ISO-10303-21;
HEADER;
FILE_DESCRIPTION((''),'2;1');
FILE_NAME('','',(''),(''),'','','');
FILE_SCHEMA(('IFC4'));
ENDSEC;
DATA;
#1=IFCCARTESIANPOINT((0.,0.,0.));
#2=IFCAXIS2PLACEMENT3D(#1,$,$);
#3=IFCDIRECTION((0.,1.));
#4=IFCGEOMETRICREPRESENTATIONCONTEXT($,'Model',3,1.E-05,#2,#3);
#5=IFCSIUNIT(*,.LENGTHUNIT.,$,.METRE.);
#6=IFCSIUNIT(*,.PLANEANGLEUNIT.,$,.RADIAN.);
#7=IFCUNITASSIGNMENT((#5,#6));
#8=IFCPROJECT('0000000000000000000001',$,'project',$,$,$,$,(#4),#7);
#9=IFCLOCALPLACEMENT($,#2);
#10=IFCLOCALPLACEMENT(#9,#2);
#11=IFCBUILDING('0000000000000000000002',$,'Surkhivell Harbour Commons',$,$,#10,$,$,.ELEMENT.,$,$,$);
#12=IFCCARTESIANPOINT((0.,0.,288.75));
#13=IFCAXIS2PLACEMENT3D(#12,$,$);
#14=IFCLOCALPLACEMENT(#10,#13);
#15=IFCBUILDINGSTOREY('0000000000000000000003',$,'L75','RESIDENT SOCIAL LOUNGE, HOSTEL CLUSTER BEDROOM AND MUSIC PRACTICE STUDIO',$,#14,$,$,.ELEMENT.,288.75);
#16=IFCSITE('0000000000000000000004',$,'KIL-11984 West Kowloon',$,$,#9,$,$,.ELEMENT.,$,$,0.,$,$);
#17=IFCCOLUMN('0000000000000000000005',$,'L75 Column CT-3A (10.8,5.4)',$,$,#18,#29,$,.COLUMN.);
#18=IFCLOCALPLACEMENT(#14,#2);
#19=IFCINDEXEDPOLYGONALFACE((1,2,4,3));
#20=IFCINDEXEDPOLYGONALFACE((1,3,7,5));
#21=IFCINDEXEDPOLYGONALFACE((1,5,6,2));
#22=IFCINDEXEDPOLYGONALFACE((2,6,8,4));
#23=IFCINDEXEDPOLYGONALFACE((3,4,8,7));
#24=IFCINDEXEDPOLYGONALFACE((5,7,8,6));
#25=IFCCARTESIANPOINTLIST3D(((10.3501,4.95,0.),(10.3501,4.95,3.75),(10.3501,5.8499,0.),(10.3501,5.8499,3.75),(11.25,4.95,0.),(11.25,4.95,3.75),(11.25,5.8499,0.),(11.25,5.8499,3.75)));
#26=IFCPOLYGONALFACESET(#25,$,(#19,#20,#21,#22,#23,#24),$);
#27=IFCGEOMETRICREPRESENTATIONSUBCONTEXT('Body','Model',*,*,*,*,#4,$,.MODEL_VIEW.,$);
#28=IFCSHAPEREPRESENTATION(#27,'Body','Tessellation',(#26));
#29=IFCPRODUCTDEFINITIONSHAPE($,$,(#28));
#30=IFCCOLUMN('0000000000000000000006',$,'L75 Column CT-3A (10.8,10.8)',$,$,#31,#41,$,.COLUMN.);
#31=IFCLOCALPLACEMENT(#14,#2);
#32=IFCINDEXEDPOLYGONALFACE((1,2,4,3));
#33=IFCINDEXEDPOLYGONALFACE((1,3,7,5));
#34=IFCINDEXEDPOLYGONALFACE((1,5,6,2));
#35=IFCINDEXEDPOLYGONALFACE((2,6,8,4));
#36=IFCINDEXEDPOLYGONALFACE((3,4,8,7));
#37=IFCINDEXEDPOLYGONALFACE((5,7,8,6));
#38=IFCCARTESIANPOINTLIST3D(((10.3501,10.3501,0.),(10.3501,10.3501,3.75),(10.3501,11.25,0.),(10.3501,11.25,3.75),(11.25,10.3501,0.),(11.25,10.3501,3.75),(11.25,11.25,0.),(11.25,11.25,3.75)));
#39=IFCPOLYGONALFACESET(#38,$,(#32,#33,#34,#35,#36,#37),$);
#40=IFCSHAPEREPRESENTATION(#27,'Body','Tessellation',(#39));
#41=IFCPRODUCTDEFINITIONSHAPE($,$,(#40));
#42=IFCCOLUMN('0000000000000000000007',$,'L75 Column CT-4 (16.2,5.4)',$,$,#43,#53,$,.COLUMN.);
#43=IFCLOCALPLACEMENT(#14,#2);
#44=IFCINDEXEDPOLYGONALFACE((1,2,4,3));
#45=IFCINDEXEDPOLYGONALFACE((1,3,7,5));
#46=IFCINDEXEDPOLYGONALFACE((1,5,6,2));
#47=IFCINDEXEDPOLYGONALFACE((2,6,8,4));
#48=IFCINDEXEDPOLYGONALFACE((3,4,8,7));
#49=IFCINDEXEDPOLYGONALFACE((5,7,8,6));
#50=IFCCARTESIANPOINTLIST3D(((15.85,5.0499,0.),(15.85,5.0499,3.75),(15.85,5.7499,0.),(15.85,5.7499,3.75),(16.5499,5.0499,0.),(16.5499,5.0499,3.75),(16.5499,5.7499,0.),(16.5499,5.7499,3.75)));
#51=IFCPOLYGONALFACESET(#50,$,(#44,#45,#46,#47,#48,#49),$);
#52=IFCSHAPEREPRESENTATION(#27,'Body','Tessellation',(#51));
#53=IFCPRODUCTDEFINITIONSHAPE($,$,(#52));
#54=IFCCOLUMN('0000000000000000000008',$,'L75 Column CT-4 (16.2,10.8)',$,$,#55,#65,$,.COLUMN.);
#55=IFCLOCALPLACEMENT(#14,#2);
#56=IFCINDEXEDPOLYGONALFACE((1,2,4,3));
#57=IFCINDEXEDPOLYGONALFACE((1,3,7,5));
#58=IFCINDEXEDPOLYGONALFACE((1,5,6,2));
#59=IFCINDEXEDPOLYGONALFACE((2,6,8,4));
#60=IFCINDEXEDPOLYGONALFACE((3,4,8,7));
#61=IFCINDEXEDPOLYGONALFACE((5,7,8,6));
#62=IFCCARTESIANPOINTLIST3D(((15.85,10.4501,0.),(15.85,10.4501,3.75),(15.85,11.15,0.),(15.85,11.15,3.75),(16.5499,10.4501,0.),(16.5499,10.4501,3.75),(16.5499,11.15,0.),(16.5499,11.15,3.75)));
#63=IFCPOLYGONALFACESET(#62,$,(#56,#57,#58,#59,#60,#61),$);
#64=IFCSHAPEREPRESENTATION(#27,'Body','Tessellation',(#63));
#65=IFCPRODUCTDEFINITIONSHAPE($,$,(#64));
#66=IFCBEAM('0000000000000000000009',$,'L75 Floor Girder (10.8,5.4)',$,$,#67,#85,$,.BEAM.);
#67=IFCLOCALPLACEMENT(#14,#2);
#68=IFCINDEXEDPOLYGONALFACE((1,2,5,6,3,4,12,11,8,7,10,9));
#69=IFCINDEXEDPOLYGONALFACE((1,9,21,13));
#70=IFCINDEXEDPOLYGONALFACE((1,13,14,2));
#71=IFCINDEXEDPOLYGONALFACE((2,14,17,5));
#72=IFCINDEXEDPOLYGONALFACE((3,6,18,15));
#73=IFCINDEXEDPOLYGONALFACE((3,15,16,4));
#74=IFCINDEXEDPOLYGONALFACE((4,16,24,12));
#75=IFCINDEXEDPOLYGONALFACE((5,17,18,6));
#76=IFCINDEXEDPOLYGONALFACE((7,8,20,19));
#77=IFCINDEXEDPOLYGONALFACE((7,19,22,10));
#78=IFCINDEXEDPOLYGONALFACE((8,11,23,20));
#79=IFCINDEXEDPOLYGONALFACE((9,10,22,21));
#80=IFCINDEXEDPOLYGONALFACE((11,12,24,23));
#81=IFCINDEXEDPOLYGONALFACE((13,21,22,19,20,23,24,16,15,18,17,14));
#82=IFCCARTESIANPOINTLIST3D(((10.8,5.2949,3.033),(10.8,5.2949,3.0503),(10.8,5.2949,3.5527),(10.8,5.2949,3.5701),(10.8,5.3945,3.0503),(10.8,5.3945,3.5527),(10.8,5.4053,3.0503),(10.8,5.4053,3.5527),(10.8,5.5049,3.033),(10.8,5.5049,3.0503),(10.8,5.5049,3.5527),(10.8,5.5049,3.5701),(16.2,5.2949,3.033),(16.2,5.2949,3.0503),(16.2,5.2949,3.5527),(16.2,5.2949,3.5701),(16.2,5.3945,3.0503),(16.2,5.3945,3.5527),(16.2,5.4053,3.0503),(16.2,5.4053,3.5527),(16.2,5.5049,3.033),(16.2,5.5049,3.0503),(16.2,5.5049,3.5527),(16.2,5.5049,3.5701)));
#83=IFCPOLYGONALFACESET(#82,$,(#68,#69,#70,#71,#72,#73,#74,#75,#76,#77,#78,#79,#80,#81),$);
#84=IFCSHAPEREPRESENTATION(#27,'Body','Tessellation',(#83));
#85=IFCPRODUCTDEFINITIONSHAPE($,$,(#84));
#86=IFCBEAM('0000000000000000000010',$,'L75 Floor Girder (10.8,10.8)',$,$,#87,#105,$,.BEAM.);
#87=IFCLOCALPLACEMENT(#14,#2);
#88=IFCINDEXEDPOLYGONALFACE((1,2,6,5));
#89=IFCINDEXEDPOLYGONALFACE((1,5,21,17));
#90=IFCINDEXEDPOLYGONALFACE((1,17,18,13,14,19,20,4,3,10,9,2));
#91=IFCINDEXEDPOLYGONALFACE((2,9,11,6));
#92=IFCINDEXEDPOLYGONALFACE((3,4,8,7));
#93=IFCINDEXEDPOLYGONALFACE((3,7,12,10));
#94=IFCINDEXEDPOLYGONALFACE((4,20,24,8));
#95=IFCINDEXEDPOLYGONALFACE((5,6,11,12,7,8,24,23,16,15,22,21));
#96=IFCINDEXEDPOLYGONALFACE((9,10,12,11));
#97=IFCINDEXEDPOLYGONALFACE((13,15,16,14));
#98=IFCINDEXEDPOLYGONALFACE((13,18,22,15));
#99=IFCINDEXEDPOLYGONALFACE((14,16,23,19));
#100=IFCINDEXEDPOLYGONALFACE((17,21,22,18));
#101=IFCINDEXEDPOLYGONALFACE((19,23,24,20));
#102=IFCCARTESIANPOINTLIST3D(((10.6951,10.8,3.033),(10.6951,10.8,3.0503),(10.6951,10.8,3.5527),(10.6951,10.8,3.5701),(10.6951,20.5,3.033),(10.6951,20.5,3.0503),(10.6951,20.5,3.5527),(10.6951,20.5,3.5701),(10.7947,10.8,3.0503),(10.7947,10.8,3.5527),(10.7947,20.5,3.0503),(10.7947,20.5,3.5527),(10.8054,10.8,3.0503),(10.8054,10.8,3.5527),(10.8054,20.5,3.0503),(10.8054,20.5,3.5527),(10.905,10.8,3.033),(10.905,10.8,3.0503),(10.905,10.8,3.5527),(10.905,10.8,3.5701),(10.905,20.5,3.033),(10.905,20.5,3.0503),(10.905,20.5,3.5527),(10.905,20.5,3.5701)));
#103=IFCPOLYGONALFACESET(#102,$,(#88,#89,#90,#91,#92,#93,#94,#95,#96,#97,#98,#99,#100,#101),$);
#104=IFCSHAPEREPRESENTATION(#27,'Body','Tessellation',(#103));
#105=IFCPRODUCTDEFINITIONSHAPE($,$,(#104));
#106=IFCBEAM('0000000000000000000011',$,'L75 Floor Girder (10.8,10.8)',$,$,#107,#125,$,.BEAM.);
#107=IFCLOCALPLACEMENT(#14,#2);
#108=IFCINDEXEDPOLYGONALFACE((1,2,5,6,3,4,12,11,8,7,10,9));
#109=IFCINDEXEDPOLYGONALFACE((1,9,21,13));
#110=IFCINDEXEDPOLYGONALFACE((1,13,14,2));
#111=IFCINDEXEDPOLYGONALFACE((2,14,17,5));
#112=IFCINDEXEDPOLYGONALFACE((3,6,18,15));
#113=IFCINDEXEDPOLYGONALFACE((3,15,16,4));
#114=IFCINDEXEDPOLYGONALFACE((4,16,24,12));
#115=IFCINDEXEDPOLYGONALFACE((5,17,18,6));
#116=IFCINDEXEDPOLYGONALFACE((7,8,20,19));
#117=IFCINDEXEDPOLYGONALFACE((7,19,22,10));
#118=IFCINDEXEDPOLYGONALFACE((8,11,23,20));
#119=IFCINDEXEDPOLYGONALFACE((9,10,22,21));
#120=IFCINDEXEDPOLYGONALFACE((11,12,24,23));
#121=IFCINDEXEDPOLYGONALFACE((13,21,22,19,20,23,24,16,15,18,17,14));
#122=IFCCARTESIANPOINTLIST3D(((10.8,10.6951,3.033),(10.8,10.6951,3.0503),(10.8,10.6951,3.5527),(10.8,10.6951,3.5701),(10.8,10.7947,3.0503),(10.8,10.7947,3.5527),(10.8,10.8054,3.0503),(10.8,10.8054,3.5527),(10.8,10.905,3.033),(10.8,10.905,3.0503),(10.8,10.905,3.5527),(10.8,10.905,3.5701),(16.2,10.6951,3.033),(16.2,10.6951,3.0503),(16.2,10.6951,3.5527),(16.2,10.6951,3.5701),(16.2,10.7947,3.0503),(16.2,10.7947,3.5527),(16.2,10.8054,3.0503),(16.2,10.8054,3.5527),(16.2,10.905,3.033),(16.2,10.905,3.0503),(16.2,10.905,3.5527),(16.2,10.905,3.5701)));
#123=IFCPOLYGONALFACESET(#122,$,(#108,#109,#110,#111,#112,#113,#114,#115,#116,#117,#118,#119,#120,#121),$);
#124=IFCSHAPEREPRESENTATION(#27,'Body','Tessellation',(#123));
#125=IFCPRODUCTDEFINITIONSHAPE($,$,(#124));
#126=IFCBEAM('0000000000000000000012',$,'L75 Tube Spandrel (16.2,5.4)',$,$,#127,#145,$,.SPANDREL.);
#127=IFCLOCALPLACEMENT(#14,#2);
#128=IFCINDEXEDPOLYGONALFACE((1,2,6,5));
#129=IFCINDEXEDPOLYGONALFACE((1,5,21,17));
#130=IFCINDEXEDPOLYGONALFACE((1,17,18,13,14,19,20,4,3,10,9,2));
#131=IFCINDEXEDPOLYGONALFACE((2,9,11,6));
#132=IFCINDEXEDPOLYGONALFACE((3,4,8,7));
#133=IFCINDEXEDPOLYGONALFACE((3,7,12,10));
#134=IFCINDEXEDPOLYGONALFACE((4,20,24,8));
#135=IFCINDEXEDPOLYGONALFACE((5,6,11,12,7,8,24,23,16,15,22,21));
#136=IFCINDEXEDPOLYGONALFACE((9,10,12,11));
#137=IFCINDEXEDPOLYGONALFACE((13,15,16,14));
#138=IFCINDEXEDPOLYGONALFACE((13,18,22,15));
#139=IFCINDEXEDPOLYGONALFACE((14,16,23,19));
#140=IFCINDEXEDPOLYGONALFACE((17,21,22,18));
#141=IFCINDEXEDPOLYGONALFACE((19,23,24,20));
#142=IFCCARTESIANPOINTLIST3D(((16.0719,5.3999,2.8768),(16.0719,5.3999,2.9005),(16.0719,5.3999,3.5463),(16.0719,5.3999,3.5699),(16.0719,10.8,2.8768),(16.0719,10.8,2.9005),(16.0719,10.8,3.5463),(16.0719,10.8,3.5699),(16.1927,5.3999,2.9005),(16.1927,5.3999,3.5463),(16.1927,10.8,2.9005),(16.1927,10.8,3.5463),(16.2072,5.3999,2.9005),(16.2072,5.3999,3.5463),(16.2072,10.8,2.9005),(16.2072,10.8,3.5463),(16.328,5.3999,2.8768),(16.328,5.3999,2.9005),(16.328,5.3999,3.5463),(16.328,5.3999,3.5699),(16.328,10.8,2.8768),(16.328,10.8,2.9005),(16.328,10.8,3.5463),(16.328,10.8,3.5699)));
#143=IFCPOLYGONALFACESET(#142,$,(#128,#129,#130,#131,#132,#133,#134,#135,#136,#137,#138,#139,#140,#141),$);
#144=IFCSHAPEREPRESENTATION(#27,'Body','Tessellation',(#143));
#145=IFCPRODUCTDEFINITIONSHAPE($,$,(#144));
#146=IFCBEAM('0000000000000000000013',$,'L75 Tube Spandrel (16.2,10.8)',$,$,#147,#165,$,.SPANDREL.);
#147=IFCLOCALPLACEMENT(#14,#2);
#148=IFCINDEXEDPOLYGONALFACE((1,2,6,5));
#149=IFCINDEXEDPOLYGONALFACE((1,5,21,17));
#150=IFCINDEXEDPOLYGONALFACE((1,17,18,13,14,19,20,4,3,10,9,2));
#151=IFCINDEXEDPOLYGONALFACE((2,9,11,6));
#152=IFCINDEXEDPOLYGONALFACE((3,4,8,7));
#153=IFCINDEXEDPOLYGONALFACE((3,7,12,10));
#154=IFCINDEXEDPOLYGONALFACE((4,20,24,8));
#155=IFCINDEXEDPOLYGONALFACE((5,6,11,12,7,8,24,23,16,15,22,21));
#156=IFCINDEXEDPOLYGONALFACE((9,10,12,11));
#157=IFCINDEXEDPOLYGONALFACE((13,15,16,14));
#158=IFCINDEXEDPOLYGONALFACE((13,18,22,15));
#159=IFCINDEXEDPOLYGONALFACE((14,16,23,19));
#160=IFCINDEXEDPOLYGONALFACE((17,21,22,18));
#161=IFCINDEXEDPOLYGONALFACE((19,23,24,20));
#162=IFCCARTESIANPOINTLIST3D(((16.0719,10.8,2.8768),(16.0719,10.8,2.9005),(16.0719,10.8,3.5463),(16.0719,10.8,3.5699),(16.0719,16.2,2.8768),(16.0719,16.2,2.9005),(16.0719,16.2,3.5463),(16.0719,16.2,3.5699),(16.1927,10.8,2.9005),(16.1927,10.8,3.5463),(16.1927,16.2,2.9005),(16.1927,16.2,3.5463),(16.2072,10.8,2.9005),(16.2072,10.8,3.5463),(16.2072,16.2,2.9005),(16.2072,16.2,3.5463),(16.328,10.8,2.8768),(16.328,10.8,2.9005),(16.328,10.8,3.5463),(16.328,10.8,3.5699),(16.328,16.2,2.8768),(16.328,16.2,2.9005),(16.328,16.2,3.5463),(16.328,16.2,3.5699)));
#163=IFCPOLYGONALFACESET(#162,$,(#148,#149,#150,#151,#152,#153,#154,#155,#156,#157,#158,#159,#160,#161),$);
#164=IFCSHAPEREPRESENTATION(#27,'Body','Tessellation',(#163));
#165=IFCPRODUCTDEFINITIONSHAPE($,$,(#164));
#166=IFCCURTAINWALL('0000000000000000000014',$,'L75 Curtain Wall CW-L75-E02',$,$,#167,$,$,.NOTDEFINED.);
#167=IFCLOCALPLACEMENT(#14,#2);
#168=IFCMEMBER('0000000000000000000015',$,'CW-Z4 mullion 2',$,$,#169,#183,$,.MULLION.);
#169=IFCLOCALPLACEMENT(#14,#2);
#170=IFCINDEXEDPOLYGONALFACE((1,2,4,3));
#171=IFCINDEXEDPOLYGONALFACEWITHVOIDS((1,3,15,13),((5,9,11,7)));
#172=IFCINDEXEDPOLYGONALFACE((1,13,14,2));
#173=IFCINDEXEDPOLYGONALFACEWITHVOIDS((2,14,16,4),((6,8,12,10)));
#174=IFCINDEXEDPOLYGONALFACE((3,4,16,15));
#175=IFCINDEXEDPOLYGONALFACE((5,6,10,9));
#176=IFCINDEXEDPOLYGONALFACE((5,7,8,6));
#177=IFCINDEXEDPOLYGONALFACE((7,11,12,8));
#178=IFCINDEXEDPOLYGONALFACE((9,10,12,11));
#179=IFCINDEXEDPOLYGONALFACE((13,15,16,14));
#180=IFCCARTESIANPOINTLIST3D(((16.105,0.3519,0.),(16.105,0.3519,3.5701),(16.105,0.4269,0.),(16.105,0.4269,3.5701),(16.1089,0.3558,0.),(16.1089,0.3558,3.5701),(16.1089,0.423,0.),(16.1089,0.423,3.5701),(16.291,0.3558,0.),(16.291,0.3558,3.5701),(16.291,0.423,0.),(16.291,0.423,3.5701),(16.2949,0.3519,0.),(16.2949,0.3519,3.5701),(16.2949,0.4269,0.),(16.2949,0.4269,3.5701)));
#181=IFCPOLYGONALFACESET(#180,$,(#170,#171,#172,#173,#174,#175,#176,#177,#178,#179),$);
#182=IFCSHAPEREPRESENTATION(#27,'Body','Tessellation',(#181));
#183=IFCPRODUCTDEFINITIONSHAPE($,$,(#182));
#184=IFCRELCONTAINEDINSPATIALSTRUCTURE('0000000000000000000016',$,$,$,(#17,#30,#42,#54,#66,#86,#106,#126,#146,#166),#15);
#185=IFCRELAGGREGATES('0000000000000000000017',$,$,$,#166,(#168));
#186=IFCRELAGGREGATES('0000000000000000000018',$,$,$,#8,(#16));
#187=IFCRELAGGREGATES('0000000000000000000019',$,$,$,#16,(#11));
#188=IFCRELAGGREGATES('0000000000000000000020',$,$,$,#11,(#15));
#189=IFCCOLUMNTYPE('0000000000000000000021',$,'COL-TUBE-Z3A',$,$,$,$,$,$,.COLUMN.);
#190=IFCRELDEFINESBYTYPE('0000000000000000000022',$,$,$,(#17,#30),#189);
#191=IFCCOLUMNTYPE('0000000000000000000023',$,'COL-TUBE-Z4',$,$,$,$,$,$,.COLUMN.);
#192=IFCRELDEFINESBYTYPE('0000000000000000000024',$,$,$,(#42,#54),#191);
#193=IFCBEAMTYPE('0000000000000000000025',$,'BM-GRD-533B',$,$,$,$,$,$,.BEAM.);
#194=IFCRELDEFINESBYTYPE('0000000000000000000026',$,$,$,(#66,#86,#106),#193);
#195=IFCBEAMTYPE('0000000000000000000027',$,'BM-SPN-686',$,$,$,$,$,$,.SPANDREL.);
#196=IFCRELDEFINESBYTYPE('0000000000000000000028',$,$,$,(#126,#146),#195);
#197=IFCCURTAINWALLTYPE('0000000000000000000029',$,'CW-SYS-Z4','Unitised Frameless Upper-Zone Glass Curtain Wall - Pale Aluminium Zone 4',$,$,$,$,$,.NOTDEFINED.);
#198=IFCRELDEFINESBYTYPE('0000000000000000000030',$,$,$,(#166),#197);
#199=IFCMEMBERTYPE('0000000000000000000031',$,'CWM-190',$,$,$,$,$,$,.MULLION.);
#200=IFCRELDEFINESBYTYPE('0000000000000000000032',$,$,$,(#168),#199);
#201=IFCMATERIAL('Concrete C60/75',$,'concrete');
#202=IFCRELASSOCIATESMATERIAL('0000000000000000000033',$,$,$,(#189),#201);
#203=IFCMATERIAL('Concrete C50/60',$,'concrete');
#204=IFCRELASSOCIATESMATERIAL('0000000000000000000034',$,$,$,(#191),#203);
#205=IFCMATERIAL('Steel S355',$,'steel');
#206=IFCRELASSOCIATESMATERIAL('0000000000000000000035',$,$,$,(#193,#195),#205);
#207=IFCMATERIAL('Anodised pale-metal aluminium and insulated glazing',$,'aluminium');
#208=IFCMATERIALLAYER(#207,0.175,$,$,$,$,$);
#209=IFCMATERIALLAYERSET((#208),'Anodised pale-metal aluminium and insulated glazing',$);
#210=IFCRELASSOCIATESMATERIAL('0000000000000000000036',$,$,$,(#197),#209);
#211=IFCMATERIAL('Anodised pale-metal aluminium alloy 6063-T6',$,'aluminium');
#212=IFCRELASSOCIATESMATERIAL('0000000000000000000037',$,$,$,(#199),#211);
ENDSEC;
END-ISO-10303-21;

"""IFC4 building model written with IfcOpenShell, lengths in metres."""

from ifc_helpers import new_model, si_unit, direction, frame, origin, origin_2d, place, context, subcontext, project, spatial, rectangle, hollow_rectangle, i_section, extrude, material, layer, layer_set, material_profile, profile_set, type_object, element, aggregate, save


model = new_model("IFC4")

# Units and contexts
model_context = context("Model", 3, precision=1e-05, world=origin(), true_north=direction((0.0, 1.0)))
body_context = subcontext(model_context, "Body", "Model", "MODEL_VIEW")
ifc_project = project(units=[si_unit("LENGTHUNIT", "METRE"), si_unit("PLANEANGLEUNIT", "RADIAN")], contexts=[model_context])

# Site, building, storey
site_placement = place(None, origin())
site = spatial("IfcSite", under=ifc_project, at=site_placement, Name="KIL-11984 West Kowloon", CompositionType="ELEMENT", RefElevation=0.0)
building_placement = place(site_placement, origin())
building = spatial("IfcBuilding", under=site, at=building_placement, Name="Surkhivell Harbour Commons", CompositionType="ELEMENT")
storey_placement = place(building_placement, frame((0.0, 0.0, 288.75)))
storey = spatial("IfcBuildingStorey", under=building, at=storey_placement, Name="L75", Description="RESIDENT SOCIAL LOUNGE, HOSTEL CLUSTER BEDROOM AND MUSIC PRACTICE STUDIO", CompositionType="ELEMENT", Elevation=288.75)

# Columns
ifc_material_1 = material(Name="Concrete C60/75", Category="concrete")
ifc_material_profile_1 = material_profile(ifc_material_1, rectangle(XDim=0.8999, YDim=0.8999, at=origin_2d()), Name="RC-COL-900x900")
ifc_profile_set_1 = profile_set([ifc_material_profile_1], Name="Concrete C60/75")
column_type_1 = type_object("IfcColumnType", Name="COL-TUBE-Z3A", PredefinedType="COLUMN", material=ifc_profile_set_1)
for number, where, z_axis, x_axis, name in (
    (1, (10.8, 5.3999, 0.0), (0.0, 0.0, 1.0), (1.0, 0.0, 0.0), "L75 Column CT-3A (10.8,5.4)"),
    (2, (10.8, 10.8, 0.0), (0.0, 0.0, 1.0), (1.0, 0.0, 0.0), "L75 Column CT-3A (10.8,10.8)"),
):
    element("IfcColumn", number, at=place(storey_placement, frame(where, z_axis=z_axis, x_axis=x_axis)), inside=storey, type_object=column_type_1, Name=name, PredefinedType="COLUMN", context=body_context, shape_type="SweptSolid", body=[
        extrude(rectangle(XDim=0.8999, YDim=0.8999, at=origin_2d()), origin(), (0.0, 0.0, 1.0), 3.75),
    ])
ifc_material_2 = material(Name="Concrete C50/60", Category="concrete")
ifc_material_profile_2 = material_profile(ifc_material_2, rectangle(XDim=0.7, YDim=0.7, at=origin_2d()), Name="RC-COL-700x700")
ifc_profile_set_2 = profile_set([ifc_material_profile_2], Name="Concrete C50/60")
column_type_2 = type_object("IfcColumnType", Name="COL-TUBE-Z4", PredefinedType="COLUMN", material=ifc_profile_set_2)
for number, where, z_axis, x_axis, name in (
    (3, (16.2, 5.3999, 0.0), (0.0, 0.0, 1.0), (1.0, 0.0, 0.0), "L75 Column CT-4 (16.2,5.4)"),
    (4, (16.2, 10.8, 0.0), (0.0, 0.0, 1.0), (1.0, 0.0, 0.0), "L75 Column CT-4 (16.2,10.8)"),
):
    element("IfcColumn", number, at=place(storey_placement, frame(where, z_axis=z_axis, x_axis=x_axis)), inside=storey, type_object=column_type_2, Name=name, PredefinedType="COLUMN", context=body_context, shape_type="SweptSolid", body=[
        extrude(rectangle(XDim=0.7, YDim=0.7, at=origin_2d()), origin(), (0.0, 0.0, 1.0), 3.75),
    ])

# Beams
ifc_material_3 = material(Name="Steel S355", Category="steel")
ifc_material_profile_3 = material_profile(ifc_material_3, i_section(OverallWidth=0.21, OverallDepth=0.5371, WebThickness=0.0107, FlangeThickness=0.0173, at=origin_2d()), Name="UB533x210x101")
ifc_profile_set_3 = profile_set([ifc_material_profile_3], Name="Steel S355")
beam_type_1 = type_object("IfcBeamType", Name="BM-GRD-533B", PredefinedType="BEAM", material=ifc_profile_set_3)
beam_1_placement = place(storey_placement, frame((10.8, 5.3999, 3.3015), z_axis=(1.0, 0.0, 0.0), x_axis=(0.0, 1.0, 0.0)))
element("IfcBeam", 5, at=beam_1_placement, inside=storey, type_object=beam_type_1, Name="L75 Floor Girder (10.8,5.4)", PredefinedType="BEAM", context=body_context, shape_type="SweptSolid", body=[
    extrude(i_section(OverallWidth=0.21, OverallDepth=0.5371, WebThickness=0.0107, FlangeThickness=0.0173, at=origin_2d()), origin(), (0.0, 0.0, 1.0), 5.3999),
])
beam_2_placement = place(storey_placement, frame((10.8, 10.8, 3.3015), z_axis=(0.0, 1.0, 0.0), x_axis=(-1.0, 0.0, 0.0)))
element("IfcBeam", 6, at=beam_2_placement, inside=storey, type_object=beam_type_1, Name="L75 Floor Girder (10.8,10.8)", PredefinedType="BEAM", context=body_context, shape_type="SweptSolid", body=[
    extrude(i_section(OverallWidth=0.21, OverallDepth=0.5371, WebThickness=0.0107, FlangeThickness=0.0173, at=origin_2d()), origin(), (0.0, 0.0, 1.0), 9.7),
])
beam_3_placement = place(storey_placement, frame((10.8, 10.8, 3.3015), z_axis=(1.0, 0.0, 0.0), x_axis=(0.0, 1.0, 0.0)))
element("IfcBeam", 7, at=beam_3_placement, inside=storey, type_object=beam_type_1, Name="L75 Floor Girder (10.8,10.8)", PredefinedType="BEAM", context=body_context, shape_type="SweptSolid", body=[
    extrude(i_section(OverallWidth=0.21, OverallDepth=0.5371, WebThickness=0.0107, FlangeThickness=0.0173, at=origin_2d()), origin(), (0.0, 0.0, 1.0), 5.3999),
])
ifc_material_profile_4 = material_profile(ifc_material_3, i_section(OverallWidth=0.2561, OverallDepth=0.6931, WebThickness=0.0144, FlangeThickness=0.0237, at=origin_2d()), Name="UB686x254x170")
ifc_profile_set_4 = profile_set([ifc_material_profile_4], Name="Steel S355")
beam_type_2 = type_object("IfcBeamType", Name="BM-SPN-686", PredefinedType="SPANDREL", material=ifc_profile_set_4)
beam_4_placement = place(storey_placement, frame((16.2, 5.3999, 3.2234), z_axis=(0.0, 1.0, 0.0), x_axis=(-1.0, 0.0, 0.0)))
element("IfcBeam", 8, at=beam_4_placement, inside=storey, type_object=beam_type_2, Name="L75 Tube Spandrel (16.2,5.4)", PredefinedType="SPANDREL", context=body_context, shape_type="SweptSolid", body=[
    extrude(i_section(OverallWidth=0.2561, OverallDepth=0.6931, WebThickness=0.0144, FlangeThickness=0.0237, at=origin_2d()), origin(), (0.0, 0.0, 1.0), 5.4001),
])
beam_5_placement = place(storey_placement, frame((16.2, 10.8, 3.2234), z_axis=(0.0, 1.0, 0.0), x_axis=(-1.0, 0.0, 0.0)))
element("IfcBeam", 9, at=beam_5_placement, inside=storey, type_object=beam_type_2, Name="L75 Tube Spandrel (16.2,10.8)", PredefinedType="SPANDREL", context=body_context, shape_type="SweptSolid", body=[
    extrude(i_section(OverallWidth=0.2561, OverallDepth=0.6931, WebThickness=0.0144, FlangeThickness=0.0237, at=origin_2d()), origin(), (0.0, 0.0, 1.0), 5.3999),
])

# Curtain wall, member
ifc_material_4 = material(Name="Anodised pale-metal aluminium and insulated glazing", Category="aluminium")
ifc_layer_1 = layer(ifc_material_4, 0.175)
ifc_layer_set_1 = layer_set([ifc_layer_1], Name="Anodised pale-metal aluminium and insulated glazing")
curtain_wall_type = type_object("IfcCurtainWallType", Name="CW-SYS-Z4", Description="Unitised Frameless Upper-Zone Glass Curtain Wall - Pale Aluminium Zone 4", PredefinedType="NOTDEFINED", material=ifc_layer_set_1)
curtain_wall_placement = place(storey_placement, origin())
curtain_wall = element("IfcCurtainWall", 10, at=curtain_wall_placement, inside=storey, type_object=curtain_wall_type, Name="L75 Curtain Wall CW-L75-E02", PredefinedType="NOTDEFINED")
ifc_material_5 = material(Name="Anodised pale-metal aluminium alloy 6063-T6", Category="aluminium")
ifc_material_profile_5 = material_profile(ifc_material_5, hollow_rectangle(XDim=0.075, YDim=0.1899, WallThickness=0.0039, at=origin_2d()), Name="ALU-MULL-75x190")
ifc_profile_set_5 = profile_set([ifc_material_profile_5], Name="Anodised pale-metal aluminium alloy 6063-T6")
member_type_1 = type_object("IfcMemberType", Name="CWM-190", PredefinedType="MULLION", material=ifc_profile_set_5)
member_1_placement = place(storey_placement, frame((16.2, 0.3894, 0.0), z_axis=(0.0, 0.0, 1.0), x_axis=(0.0, 1.0, 0.0)))
member_1 = element("IfcMember", 11, at=member_1_placement, type_object=member_type_1, Name="CW-Z4 mullion 2", PredefinedType="MULLION", context=body_context, shape_type="SweptSolid", body=[
    extrude(hollow_rectangle(XDim=0.075, YDim=0.1899, WallThickness=0.0039, at=origin_2d()), origin(), (0.0, 0.0, 1.0), 3.5701),
])
aggregate(curtain_wall, [member_1])

save(model, "model.ifc")
